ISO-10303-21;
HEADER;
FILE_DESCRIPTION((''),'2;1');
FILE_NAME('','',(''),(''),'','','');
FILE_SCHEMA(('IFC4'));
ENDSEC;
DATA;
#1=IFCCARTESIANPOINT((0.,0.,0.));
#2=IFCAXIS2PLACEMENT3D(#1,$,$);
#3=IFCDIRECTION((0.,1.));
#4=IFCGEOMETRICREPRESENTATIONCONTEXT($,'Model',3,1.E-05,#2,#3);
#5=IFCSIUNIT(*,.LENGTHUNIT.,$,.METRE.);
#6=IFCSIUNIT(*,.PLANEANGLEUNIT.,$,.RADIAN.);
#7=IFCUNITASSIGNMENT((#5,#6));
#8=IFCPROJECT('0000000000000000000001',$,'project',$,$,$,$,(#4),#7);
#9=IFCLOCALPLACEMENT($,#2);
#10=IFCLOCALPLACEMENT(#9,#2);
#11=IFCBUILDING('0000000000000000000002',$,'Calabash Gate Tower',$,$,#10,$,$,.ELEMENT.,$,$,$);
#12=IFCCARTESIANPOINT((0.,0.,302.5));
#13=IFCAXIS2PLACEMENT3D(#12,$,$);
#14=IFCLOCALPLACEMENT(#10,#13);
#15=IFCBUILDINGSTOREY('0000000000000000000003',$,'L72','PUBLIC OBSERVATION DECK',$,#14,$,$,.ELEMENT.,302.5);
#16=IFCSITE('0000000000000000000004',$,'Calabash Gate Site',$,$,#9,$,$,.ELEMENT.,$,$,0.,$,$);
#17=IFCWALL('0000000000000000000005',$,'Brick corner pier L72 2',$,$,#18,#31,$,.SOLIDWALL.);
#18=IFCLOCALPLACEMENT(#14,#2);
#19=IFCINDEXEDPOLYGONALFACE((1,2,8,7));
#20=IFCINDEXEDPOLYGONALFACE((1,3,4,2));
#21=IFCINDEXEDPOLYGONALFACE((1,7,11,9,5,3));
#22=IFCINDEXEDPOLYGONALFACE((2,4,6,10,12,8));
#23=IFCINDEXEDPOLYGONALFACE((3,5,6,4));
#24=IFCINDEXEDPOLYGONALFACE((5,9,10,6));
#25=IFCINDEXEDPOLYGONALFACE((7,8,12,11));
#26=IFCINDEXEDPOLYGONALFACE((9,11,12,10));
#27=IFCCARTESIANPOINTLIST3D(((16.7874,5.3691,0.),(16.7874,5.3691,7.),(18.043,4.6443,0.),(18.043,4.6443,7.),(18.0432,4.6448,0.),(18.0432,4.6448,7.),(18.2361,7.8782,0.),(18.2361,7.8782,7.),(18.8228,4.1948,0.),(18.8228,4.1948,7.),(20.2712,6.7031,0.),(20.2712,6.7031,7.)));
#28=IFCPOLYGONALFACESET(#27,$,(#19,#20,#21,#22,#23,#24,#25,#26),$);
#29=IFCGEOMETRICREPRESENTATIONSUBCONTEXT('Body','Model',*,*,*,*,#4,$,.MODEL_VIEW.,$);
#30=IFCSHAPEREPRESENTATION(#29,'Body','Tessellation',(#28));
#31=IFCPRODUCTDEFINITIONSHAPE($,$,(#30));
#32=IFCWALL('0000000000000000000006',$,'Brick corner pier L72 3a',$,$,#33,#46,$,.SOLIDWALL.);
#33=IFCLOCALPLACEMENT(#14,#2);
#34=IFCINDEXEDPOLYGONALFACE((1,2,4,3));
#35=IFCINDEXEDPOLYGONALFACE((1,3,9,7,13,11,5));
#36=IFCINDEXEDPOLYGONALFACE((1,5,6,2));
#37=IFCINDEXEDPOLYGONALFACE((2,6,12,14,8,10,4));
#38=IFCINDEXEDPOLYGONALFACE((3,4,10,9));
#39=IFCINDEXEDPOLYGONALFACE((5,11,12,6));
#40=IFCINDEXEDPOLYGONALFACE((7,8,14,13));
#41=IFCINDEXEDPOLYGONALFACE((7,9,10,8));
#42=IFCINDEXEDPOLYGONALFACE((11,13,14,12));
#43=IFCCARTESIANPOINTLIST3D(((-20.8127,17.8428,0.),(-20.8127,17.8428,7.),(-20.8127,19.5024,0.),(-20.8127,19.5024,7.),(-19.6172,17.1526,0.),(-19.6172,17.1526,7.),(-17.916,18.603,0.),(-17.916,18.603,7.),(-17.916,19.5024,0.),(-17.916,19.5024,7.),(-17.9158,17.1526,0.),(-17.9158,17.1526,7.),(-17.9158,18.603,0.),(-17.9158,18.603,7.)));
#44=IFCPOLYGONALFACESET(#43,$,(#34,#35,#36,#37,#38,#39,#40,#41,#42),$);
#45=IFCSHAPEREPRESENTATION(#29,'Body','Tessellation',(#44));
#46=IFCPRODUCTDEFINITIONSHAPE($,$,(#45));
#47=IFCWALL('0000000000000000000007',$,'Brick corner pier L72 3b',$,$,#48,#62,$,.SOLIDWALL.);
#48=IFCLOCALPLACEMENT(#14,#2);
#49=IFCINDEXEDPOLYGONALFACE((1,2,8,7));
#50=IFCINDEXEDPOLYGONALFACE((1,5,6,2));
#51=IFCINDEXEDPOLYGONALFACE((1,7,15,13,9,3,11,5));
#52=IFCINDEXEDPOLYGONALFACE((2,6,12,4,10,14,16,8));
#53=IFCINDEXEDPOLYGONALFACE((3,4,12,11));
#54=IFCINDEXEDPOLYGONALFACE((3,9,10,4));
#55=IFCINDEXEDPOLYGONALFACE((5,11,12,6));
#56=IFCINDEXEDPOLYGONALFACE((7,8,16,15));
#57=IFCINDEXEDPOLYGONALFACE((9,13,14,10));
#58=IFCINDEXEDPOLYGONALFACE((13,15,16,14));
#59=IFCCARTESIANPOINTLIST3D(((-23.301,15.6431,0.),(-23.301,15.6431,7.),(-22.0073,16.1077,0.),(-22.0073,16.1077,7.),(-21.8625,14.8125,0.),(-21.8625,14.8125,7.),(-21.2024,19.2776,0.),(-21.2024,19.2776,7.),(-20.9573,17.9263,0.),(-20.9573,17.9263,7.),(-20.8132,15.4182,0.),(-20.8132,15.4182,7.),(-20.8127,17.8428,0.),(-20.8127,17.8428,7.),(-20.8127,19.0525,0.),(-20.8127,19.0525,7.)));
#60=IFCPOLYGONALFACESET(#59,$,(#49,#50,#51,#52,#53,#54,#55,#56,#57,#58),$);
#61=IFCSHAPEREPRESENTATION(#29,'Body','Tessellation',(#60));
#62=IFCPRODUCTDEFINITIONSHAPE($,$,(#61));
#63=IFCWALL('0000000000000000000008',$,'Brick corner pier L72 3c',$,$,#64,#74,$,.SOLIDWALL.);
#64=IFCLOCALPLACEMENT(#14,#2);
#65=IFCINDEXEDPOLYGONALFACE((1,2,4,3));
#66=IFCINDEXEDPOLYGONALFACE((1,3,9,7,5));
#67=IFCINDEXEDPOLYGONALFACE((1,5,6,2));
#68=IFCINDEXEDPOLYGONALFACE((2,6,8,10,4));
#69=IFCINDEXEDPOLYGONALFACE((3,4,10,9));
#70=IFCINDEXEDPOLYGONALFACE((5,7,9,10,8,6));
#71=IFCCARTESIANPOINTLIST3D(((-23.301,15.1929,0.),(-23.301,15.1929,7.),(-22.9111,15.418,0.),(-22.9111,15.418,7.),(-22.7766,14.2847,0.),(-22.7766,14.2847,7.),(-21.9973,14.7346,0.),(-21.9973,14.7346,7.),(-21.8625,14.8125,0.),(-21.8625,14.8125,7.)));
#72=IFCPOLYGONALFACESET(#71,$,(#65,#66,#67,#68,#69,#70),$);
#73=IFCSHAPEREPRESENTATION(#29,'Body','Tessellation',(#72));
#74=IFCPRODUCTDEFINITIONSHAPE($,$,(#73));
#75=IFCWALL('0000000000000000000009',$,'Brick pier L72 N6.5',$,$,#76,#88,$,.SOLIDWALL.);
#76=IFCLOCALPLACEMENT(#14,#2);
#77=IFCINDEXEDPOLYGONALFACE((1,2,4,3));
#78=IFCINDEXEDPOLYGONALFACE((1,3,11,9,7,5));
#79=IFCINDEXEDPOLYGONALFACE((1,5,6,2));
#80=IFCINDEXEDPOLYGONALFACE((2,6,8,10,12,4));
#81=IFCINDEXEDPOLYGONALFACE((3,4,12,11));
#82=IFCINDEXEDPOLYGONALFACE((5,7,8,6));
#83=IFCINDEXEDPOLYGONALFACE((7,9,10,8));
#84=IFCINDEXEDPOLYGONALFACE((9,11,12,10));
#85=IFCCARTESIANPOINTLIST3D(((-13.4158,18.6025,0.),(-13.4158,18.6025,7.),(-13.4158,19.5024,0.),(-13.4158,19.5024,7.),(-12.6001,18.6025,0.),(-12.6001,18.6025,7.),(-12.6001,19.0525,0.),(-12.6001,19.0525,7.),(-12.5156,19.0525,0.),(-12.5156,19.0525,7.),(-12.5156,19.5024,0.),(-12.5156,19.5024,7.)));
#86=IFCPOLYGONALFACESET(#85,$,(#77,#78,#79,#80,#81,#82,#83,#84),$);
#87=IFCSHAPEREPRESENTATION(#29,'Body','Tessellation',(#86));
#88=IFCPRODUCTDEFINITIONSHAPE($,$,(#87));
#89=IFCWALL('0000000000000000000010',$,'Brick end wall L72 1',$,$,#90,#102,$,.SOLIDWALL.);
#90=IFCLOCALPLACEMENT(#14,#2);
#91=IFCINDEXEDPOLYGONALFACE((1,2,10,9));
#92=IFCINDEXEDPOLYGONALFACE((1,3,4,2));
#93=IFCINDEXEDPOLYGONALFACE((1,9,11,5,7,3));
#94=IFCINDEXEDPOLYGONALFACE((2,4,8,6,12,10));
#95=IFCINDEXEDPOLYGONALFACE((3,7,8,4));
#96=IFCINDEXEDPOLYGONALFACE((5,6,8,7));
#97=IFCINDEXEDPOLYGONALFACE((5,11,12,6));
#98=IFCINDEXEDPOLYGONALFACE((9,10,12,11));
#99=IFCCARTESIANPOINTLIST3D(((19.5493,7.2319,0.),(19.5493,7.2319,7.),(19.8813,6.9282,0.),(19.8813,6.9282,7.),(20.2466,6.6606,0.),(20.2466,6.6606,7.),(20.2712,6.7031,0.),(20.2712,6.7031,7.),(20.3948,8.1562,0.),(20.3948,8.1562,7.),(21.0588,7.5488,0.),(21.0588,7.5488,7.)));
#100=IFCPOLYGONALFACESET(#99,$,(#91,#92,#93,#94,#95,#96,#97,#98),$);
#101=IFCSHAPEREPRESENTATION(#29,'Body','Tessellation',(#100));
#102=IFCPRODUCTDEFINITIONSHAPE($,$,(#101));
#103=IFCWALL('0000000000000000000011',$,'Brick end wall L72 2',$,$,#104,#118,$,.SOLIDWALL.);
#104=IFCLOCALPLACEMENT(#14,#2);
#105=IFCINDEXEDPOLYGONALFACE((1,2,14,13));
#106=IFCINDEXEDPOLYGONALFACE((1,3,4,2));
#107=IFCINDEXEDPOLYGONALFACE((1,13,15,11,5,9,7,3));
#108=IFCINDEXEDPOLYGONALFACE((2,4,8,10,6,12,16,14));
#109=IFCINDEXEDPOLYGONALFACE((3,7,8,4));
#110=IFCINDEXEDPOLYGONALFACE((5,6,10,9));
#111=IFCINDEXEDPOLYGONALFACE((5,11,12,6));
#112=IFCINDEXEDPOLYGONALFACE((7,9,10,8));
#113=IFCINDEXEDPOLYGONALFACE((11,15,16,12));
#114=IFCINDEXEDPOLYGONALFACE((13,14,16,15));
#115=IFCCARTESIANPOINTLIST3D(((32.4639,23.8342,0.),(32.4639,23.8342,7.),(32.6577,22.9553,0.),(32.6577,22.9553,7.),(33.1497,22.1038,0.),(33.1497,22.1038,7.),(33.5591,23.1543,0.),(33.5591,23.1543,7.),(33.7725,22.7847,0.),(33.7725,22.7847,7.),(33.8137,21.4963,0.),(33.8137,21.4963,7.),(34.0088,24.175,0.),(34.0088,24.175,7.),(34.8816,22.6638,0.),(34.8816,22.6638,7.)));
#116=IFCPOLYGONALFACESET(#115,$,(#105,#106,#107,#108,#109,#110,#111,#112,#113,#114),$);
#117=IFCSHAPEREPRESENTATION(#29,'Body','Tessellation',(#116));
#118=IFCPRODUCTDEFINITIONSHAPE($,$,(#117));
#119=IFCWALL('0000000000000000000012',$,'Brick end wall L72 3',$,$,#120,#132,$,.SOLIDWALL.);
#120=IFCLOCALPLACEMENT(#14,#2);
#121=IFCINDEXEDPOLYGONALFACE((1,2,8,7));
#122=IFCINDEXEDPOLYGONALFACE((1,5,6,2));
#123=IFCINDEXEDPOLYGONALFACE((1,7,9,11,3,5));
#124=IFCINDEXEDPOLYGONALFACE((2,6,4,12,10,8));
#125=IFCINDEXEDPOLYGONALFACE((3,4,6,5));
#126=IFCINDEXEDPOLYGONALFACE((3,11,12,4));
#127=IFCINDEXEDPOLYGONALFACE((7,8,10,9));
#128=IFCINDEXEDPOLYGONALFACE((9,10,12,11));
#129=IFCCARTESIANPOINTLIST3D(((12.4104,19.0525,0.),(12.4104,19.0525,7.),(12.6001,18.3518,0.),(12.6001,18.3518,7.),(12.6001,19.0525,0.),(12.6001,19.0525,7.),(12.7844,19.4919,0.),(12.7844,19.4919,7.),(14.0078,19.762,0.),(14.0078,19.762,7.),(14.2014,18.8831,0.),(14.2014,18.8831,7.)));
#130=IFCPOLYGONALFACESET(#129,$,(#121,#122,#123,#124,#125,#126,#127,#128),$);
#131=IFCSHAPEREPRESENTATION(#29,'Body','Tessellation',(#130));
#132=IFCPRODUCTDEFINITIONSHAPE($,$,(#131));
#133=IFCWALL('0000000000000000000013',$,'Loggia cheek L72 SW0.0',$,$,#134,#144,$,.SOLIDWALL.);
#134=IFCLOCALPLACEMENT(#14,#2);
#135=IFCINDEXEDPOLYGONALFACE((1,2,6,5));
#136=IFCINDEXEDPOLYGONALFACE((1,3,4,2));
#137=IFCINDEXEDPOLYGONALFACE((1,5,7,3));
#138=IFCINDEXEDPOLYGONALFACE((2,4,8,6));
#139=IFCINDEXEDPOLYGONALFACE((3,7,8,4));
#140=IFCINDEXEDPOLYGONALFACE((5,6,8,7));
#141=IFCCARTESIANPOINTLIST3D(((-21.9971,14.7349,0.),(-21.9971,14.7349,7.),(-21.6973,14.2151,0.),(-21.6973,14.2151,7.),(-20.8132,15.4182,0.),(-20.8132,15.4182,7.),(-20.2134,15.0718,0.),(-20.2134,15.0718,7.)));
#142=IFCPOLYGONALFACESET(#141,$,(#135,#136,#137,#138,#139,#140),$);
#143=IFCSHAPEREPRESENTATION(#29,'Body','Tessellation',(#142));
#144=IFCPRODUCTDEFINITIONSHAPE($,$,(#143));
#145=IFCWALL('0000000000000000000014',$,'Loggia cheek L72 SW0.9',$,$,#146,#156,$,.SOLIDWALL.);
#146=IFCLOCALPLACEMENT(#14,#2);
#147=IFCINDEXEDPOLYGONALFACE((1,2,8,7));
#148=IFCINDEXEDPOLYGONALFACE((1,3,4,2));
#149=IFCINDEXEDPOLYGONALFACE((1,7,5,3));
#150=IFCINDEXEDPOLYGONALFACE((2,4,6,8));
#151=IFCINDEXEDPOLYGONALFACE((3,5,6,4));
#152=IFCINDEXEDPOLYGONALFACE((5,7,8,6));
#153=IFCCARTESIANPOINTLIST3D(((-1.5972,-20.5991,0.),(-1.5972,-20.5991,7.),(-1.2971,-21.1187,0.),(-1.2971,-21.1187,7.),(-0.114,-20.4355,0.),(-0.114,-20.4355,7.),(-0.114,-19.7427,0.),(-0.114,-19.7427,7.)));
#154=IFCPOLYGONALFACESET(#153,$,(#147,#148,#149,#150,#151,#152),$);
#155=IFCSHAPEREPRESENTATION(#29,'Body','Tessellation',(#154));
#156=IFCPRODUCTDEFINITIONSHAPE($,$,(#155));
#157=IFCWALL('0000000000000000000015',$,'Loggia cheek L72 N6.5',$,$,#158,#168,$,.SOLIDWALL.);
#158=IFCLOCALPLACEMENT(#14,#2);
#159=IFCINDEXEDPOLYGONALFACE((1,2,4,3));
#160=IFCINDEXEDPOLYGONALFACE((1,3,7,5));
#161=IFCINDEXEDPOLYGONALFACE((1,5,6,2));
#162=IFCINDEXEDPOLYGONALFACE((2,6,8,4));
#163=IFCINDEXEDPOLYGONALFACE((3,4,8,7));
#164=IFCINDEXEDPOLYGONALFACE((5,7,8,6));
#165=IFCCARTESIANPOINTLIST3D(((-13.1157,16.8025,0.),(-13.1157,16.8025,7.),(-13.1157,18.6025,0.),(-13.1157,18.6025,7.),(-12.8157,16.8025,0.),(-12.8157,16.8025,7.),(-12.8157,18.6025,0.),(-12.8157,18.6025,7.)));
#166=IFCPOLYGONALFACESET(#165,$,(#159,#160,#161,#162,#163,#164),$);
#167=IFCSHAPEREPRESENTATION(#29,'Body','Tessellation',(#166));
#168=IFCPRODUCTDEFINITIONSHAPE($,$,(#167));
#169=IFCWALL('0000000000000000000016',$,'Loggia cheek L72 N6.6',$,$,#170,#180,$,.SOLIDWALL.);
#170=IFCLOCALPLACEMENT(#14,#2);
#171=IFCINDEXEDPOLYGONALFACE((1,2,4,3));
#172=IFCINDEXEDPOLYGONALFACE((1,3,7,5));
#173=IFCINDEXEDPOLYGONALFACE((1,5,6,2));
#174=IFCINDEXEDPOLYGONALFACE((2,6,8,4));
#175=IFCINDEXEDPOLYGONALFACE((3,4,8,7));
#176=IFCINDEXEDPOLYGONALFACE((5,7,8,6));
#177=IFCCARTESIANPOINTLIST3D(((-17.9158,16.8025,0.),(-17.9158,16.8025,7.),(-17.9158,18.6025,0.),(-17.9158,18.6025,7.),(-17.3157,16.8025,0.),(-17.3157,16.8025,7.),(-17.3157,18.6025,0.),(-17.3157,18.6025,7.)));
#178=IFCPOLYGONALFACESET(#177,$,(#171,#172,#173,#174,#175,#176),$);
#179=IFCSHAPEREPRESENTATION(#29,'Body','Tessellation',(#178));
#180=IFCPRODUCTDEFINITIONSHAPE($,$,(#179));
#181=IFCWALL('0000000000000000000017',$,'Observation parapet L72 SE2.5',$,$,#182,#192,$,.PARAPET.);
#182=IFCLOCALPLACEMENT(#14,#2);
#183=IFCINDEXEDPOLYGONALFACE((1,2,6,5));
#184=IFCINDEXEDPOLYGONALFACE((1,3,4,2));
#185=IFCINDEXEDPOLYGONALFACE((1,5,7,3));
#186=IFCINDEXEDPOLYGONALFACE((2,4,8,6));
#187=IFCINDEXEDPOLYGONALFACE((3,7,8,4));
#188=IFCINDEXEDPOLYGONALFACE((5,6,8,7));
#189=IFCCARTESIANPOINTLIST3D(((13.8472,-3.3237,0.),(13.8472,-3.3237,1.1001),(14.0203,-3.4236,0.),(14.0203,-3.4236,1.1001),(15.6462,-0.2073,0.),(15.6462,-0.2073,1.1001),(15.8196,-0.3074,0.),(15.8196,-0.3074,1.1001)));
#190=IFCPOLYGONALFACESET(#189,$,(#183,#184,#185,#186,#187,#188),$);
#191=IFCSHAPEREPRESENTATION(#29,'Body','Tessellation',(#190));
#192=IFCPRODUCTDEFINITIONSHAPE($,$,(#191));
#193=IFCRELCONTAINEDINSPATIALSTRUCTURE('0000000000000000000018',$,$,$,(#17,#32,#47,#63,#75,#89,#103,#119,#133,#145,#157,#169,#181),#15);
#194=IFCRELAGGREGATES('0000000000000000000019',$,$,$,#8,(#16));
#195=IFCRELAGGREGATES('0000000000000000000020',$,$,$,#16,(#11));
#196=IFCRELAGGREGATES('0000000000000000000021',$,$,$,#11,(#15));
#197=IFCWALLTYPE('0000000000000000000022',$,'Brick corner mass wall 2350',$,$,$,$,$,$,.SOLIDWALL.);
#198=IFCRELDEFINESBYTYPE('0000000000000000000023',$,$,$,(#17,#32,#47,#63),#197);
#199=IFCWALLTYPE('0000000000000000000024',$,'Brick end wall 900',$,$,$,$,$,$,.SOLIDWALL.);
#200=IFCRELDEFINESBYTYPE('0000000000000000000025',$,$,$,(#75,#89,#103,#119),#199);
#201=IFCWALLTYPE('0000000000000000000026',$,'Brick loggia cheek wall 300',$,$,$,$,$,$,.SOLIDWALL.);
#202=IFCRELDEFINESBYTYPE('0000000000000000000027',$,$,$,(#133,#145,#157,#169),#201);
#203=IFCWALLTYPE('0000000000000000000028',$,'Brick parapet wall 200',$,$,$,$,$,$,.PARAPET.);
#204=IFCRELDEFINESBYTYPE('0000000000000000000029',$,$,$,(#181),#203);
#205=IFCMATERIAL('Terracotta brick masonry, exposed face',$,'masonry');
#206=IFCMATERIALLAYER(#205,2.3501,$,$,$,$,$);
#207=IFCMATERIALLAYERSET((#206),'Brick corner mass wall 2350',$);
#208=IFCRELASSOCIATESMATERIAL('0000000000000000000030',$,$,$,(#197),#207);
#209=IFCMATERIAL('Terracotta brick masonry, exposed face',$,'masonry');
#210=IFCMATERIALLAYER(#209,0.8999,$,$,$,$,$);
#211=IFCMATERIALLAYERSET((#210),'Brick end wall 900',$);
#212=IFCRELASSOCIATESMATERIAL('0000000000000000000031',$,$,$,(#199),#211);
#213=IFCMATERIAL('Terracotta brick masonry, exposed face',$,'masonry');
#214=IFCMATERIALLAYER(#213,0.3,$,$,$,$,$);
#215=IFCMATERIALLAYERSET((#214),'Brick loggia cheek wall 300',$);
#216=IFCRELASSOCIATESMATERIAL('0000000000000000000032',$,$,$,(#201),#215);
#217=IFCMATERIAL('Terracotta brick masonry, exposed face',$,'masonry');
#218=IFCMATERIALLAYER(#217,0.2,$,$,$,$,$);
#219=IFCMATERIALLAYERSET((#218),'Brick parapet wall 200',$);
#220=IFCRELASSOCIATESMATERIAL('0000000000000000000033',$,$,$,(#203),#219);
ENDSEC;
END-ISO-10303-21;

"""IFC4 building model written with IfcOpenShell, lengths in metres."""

from ifc_helpers import new_model, si_unit, direction, frame, origin, place, context, subcontext, project, spatial, polyline, outline, extrude, material, layer, layer_set, type_object, element, save


model = new_model("IFC4")

# Units and contexts
model_context = context("Model", 3, precision=1e-05, world=origin(), true_north=direction((0.0, 1.0)))
body_context = subcontext(model_context, "Body", "Model", "MODEL_VIEW")
ifc_project = project(units=[si_unit("LENGTHUNIT", "METRE"), si_unit("PLANEANGLEUNIT", "RADIAN")], contexts=[model_context])

# Site, building, storey
site_placement = place(None, origin())
site = spatial("IfcSite", under=ifc_project, at=site_placement, Name="Calabash Gate Site", CompositionType="ELEMENT", RefElevation=0.0)
building_placement = place(site_placement, origin())
building = spatial("IfcBuilding", under=site, at=building_placement, Name="Calabash Gate Tower", CompositionType="ELEMENT")
storey_placement = place(building_placement, frame((0.0, 0.0, 302.5)))
storey = spatial("IfcBuildingStorey", under=building, at=storey_placement, Name="L72", Description="PUBLIC OBSERVATION DECK", CompositionType="ELEMENT", Elevation=302.5)

# Walls
ifc_material_1 = material(Name="Terracotta brick masonry, exposed face", Category="masonry")
ifc_layer_1 = layer(ifc_material_1, 2.3501)
ifc_layer_set_1 = layer_set([ifc_layer_1], Name="Brick corner mass wall 2350")
wall_type_1 = type_object("IfcWallType", Name="Brick corner mass wall 2350", PredefinedType="SOLIDWALL", material=ifc_layer_set_1)
wall_1_placement = place(storey_placement, origin())
element("IfcWall", 1, at=wall_1_placement, inside=storey, type_object=wall_type_1, Name="Brick corner pier L72 2", PredefinedType="SOLIDWALL", context=body_context, shape_type="SweptSolid", body=[
    extrude(outline(polyline([(18.8228, 4.1948), (18.8225, 4.1943), (18.8225, 4.1943), (20.2712, 6.7031), (18.2361, 7.8782), (16.7874, 5.3691), (18.043, 4.6443), (18.0432, 4.6448), (18.8228, 4.1948)])), origin(), (0.0, 0.0, 1.0), 7.0),
])
wall_2_placement = place(storey_placement, origin())
element("IfcWall", 2, at=wall_2_placement, inside=storey, type_object=wall_type_1, Name="Brick corner pier L72 3a", PredefinedType="SOLIDWALL", context=body_context, shape_type="SweptSolid", body=[
    extrude(outline(polyline([(-19.6172, 17.1526), (-17.9158, 17.1526), (-17.9158, 18.603), (-17.916, 18.603), (-17.916, 19.5024), (-20.8127, 19.5024), (-20.8127, 17.8428), (-19.6172, 17.1526)])), origin(), (0.0, 0.0, 1.0), 7.0),
])
wall_3_placement = place(storey_placement, origin())
element("IfcWall", 3, at=wall_3_placement, inside=storey, type_object=wall_type_1, Name="Brick corner pier L72 3b", PredefinedType="SOLIDWALL", context=body_context, shape_type="SweptSolid", body=[
    extrude(outline(polyline([(-20.9573, 17.9263), (-20.8127, 17.8428), (-20.8127, 19.0525), (-21.2024, 19.2776), (-23.301, 15.6431), (-21.8625, 14.8125), (-20.8132, 15.4182), (-22.0073, 16.1077), (-20.9573, 17.9263)])), origin(), (0.0, 0.0, 1.0), 7.0),
])
wall_4_placement = place(storey_placement, origin())
element("IfcWall", 4, at=wall_4_placement, inside=storey, type_object=wall_type_1, Name="Brick corner pier L72 3c", PredefinedType="SOLIDWALL", context=body_context, shape_type="SweptSolid", body=[
    extrude(outline(polyline([(-21.9973, 14.7346), (-21.8625, 14.8125), (-22.9111, 15.418), (-23.301, 15.1929), (-22.7766, 14.2847), (-21.9973, 14.7346), (-21.9973, 14.7346)])), origin(), (0.0, 0.0, 1.0), 7.0),
])
ifc_material_2 = material(Name="Terracotta brick masonry, exposed face", Category="masonry")
ifc_layer_2 = layer(ifc_material_2, 0.8999)
ifc_layer_set_2 = layer_set([ifc_layer_2], Name="Brick end wall 900")
wall_type_2 = type_object("IfcWallType", Name="Brick end wall 900", PredefinedType="SOLIDWALL", material=ifc_layer_set_2)
wall_5_placement = place(storey_placement, origin())
element("IfcWall", 5, at=wall_5_placement, inside=storey, type_object=wall_type_2, Name="Brick pier L72 N6.5", PredefinedType="SOLIDWALL", context=body_context, shape_type="SweptSolid", body=[
    extrude(outline(polyline([(-12.5156, 19.0525), (-12.5156, 19.5024), (-13.4158, 19.5024), (-13.4158, 18.6025), (-12.6001, 18.6025), (-12.6001, 19.0525), (-12.5156, 19.0525)])), origin(), (0.0, 0.0, 1.0), 7.0),
])
wall_6_placement = place(storey_placement, origin())
element("IfcWall", 6, at=wall_6_placement, inside=storey, type_object=wall_type_2, Name="Brick end wall L72 1", PredefinedType="SOLIDWALL", context=body_context, shape_type="SweptSolid", body=[
    extrude(outline(polyline([(20.3948, 8.1562), (19.5493, 7.2319), (19.8813, 6.9282), (20.2712, 6.7031), (20.2466, 6.6606), (21.0588, 7.5488), (20.3948, 8.1562)])), origin(), (0.0, 0.0, 1.0), 7.0),
])
wall_7_placement = place(storey_placement, origin())
element("IfcWall", 7, at=wall_7_placement, inside=storey, type_object=wall_type_2, Name="Brick end wall L72 2", PredefinedType="SOLIDWALL", context=body_context, shape_type="SweptSolid", body=[
    extrude(outline(polyline([(33.8137, 21.4963), (34.8816, 22.6638), (34.0088, 24.175), (32.4639, 23.8342), (32.6577, 22.9553), (33.5591, 23.1543), (33.7725, 22.7847), (33.1497, 22.1038), (33.8137, 21.4963)])), origin(), (0.0, 0.0, 1.0), 7.0),
])
wall_8_placement = place(storey_placement, origin())
element("IfcWall", 8, at=wall_8_placement, inside=storey, type_object=wall_type_2, Name="Brick end wall L72 3", PredefinedType="SOLIDWALL", context=body_context, shape_type="SweptSolid", body=[
    extrude(outline(polyline([(14.2014, 18.8831), (14.0078, 19.762), (12.7844, 19.4919), (12.4104, 19.0525), (12.6001, 19.0525), (12.6001, 18.3518), (14.2014, 18.8831)])), origin(), (0.0, 0.0, 1.0), 7.0),
])
ifc_material_3 = material(Name="Terracotta brick masonry, exposed face", Category="masonry")
ifc_layer_3 = layer(ifc_material_3, 0.3)
ifc_layer_set_3 = layer_set([ifc_layer_3], Name="Brick loggia cheek wall 300")
wall_type_3 = type_object("IfcWallType", Name="Brick loggia cheek wall 300", PredefinedType="SOLIDWALL", material=ifc_layer_set_3)
wall_9_placement = place(storey_placement, origin())
element("IfcWall", 9, at=wall_9_placement, inside=storey, type_object=wall_type_3, Name="Loggia cheek L72 SW0.0", PredefinedType="SOLIDWALL", context=body_context, shape_type="SweptSolid", body=[
    extrude(outline(polyline([(-21.9971, 14.7349), (-21.6973, 14.2151), (-20.2134, 15.0718), (-20.8132, 15.4182), (-21.9971, 14.7349)])), origin(), (0.0, 0.0, 1.0), 7.0),
])
wall_10_placement = place(storey_placement, origin())
element("IfcWall", 10, at=wall_10_placement, inside=storey, type_object=wall_type_3, Name="Loggia cheek L72 SW0.9", PredefinedType="SOLIDWALL", context=body_context, shape_type="SweptSolid", body=[
    extrude(outline(polyline([(-1.2971, -21.1187), (-0.114, -20.4355), (-0.114, -19.7427), (-1.5972, -20.5991), (-1.2971, -21.1187)])), origin(), (0.0, 0.0, 1.0), 7.0),
])
wall_11_placement = place(storey_placement, origin())
element("IfcWall", 11, at=wall_11_placement, inside=storey, type_object=wall_type_3, Name="Loggia cheek L72 N6.5", PredefinedType="SOLIDWALL", context=body_context, shape_type="SweptSolid", body=[
    extrude(outline(polyline([(-12.8157, 16.8025), (-12.8157, 18.6025), (-13.1157, 18.6025), (-13.1157, 16.8025), (-12.8157, 16.8025)])), origin(), (0.0, 0.0, 1.0), 7.0),
])
wall_12_placement = place(storey_placement, origin())
element("IfcWall", 12, at=wall_12_placement, inside=storey, type_object=wall_type_3, Name="Loggia cheek L72 N6.6", PredefinedType="SOLIDWALL", context=body_context, shape_type="SweptSolid", body=[
    extrude(outline(polyline([(-17.9158, 18.6025), (-17.9158, 16.8025), (-17.3157, 16.8025), (-17.3157, 18.6025), (-17.9158, 18.6025)])), origin(), (0.0, 0.0, 1.0), 7.0),
])
ifc_material_4 = material(Name="Terracotta brick masonry, exposed face", Category="masonry")
ifc_layer_4 = layer(ifc_material_4, 0.2)
ifc_layer_set_4 = layer_set([ifc_layer_4], Name="Brick parapet wall 200")
wall_type_4 = type_object("IfcWallType", Name="Brick parapet wall 200", PredefinedType="PARAPET", material=ifc_layer_set_4)
wall_13_placement = place(storey_placement, origin())
element("IfcWall", 13, at=wall_13_placement, inside=storey, type_object=wall_type_4, Name="Observation parapet L72 SE2.5", PredefinedType="PARAPET", context=body_context, shape_type="SweptSolid", body=[
    extrude(outline(polyline([(15.6462, -0.2073), (13.8472, -3.3237), (14.0203, -3.4236), (15.8196, -0.3074), (15.6462, -0.2073)])), origin(), (0.0, 0.0, 1.0), 1.1001),
])

save(model, "model.ifc")
